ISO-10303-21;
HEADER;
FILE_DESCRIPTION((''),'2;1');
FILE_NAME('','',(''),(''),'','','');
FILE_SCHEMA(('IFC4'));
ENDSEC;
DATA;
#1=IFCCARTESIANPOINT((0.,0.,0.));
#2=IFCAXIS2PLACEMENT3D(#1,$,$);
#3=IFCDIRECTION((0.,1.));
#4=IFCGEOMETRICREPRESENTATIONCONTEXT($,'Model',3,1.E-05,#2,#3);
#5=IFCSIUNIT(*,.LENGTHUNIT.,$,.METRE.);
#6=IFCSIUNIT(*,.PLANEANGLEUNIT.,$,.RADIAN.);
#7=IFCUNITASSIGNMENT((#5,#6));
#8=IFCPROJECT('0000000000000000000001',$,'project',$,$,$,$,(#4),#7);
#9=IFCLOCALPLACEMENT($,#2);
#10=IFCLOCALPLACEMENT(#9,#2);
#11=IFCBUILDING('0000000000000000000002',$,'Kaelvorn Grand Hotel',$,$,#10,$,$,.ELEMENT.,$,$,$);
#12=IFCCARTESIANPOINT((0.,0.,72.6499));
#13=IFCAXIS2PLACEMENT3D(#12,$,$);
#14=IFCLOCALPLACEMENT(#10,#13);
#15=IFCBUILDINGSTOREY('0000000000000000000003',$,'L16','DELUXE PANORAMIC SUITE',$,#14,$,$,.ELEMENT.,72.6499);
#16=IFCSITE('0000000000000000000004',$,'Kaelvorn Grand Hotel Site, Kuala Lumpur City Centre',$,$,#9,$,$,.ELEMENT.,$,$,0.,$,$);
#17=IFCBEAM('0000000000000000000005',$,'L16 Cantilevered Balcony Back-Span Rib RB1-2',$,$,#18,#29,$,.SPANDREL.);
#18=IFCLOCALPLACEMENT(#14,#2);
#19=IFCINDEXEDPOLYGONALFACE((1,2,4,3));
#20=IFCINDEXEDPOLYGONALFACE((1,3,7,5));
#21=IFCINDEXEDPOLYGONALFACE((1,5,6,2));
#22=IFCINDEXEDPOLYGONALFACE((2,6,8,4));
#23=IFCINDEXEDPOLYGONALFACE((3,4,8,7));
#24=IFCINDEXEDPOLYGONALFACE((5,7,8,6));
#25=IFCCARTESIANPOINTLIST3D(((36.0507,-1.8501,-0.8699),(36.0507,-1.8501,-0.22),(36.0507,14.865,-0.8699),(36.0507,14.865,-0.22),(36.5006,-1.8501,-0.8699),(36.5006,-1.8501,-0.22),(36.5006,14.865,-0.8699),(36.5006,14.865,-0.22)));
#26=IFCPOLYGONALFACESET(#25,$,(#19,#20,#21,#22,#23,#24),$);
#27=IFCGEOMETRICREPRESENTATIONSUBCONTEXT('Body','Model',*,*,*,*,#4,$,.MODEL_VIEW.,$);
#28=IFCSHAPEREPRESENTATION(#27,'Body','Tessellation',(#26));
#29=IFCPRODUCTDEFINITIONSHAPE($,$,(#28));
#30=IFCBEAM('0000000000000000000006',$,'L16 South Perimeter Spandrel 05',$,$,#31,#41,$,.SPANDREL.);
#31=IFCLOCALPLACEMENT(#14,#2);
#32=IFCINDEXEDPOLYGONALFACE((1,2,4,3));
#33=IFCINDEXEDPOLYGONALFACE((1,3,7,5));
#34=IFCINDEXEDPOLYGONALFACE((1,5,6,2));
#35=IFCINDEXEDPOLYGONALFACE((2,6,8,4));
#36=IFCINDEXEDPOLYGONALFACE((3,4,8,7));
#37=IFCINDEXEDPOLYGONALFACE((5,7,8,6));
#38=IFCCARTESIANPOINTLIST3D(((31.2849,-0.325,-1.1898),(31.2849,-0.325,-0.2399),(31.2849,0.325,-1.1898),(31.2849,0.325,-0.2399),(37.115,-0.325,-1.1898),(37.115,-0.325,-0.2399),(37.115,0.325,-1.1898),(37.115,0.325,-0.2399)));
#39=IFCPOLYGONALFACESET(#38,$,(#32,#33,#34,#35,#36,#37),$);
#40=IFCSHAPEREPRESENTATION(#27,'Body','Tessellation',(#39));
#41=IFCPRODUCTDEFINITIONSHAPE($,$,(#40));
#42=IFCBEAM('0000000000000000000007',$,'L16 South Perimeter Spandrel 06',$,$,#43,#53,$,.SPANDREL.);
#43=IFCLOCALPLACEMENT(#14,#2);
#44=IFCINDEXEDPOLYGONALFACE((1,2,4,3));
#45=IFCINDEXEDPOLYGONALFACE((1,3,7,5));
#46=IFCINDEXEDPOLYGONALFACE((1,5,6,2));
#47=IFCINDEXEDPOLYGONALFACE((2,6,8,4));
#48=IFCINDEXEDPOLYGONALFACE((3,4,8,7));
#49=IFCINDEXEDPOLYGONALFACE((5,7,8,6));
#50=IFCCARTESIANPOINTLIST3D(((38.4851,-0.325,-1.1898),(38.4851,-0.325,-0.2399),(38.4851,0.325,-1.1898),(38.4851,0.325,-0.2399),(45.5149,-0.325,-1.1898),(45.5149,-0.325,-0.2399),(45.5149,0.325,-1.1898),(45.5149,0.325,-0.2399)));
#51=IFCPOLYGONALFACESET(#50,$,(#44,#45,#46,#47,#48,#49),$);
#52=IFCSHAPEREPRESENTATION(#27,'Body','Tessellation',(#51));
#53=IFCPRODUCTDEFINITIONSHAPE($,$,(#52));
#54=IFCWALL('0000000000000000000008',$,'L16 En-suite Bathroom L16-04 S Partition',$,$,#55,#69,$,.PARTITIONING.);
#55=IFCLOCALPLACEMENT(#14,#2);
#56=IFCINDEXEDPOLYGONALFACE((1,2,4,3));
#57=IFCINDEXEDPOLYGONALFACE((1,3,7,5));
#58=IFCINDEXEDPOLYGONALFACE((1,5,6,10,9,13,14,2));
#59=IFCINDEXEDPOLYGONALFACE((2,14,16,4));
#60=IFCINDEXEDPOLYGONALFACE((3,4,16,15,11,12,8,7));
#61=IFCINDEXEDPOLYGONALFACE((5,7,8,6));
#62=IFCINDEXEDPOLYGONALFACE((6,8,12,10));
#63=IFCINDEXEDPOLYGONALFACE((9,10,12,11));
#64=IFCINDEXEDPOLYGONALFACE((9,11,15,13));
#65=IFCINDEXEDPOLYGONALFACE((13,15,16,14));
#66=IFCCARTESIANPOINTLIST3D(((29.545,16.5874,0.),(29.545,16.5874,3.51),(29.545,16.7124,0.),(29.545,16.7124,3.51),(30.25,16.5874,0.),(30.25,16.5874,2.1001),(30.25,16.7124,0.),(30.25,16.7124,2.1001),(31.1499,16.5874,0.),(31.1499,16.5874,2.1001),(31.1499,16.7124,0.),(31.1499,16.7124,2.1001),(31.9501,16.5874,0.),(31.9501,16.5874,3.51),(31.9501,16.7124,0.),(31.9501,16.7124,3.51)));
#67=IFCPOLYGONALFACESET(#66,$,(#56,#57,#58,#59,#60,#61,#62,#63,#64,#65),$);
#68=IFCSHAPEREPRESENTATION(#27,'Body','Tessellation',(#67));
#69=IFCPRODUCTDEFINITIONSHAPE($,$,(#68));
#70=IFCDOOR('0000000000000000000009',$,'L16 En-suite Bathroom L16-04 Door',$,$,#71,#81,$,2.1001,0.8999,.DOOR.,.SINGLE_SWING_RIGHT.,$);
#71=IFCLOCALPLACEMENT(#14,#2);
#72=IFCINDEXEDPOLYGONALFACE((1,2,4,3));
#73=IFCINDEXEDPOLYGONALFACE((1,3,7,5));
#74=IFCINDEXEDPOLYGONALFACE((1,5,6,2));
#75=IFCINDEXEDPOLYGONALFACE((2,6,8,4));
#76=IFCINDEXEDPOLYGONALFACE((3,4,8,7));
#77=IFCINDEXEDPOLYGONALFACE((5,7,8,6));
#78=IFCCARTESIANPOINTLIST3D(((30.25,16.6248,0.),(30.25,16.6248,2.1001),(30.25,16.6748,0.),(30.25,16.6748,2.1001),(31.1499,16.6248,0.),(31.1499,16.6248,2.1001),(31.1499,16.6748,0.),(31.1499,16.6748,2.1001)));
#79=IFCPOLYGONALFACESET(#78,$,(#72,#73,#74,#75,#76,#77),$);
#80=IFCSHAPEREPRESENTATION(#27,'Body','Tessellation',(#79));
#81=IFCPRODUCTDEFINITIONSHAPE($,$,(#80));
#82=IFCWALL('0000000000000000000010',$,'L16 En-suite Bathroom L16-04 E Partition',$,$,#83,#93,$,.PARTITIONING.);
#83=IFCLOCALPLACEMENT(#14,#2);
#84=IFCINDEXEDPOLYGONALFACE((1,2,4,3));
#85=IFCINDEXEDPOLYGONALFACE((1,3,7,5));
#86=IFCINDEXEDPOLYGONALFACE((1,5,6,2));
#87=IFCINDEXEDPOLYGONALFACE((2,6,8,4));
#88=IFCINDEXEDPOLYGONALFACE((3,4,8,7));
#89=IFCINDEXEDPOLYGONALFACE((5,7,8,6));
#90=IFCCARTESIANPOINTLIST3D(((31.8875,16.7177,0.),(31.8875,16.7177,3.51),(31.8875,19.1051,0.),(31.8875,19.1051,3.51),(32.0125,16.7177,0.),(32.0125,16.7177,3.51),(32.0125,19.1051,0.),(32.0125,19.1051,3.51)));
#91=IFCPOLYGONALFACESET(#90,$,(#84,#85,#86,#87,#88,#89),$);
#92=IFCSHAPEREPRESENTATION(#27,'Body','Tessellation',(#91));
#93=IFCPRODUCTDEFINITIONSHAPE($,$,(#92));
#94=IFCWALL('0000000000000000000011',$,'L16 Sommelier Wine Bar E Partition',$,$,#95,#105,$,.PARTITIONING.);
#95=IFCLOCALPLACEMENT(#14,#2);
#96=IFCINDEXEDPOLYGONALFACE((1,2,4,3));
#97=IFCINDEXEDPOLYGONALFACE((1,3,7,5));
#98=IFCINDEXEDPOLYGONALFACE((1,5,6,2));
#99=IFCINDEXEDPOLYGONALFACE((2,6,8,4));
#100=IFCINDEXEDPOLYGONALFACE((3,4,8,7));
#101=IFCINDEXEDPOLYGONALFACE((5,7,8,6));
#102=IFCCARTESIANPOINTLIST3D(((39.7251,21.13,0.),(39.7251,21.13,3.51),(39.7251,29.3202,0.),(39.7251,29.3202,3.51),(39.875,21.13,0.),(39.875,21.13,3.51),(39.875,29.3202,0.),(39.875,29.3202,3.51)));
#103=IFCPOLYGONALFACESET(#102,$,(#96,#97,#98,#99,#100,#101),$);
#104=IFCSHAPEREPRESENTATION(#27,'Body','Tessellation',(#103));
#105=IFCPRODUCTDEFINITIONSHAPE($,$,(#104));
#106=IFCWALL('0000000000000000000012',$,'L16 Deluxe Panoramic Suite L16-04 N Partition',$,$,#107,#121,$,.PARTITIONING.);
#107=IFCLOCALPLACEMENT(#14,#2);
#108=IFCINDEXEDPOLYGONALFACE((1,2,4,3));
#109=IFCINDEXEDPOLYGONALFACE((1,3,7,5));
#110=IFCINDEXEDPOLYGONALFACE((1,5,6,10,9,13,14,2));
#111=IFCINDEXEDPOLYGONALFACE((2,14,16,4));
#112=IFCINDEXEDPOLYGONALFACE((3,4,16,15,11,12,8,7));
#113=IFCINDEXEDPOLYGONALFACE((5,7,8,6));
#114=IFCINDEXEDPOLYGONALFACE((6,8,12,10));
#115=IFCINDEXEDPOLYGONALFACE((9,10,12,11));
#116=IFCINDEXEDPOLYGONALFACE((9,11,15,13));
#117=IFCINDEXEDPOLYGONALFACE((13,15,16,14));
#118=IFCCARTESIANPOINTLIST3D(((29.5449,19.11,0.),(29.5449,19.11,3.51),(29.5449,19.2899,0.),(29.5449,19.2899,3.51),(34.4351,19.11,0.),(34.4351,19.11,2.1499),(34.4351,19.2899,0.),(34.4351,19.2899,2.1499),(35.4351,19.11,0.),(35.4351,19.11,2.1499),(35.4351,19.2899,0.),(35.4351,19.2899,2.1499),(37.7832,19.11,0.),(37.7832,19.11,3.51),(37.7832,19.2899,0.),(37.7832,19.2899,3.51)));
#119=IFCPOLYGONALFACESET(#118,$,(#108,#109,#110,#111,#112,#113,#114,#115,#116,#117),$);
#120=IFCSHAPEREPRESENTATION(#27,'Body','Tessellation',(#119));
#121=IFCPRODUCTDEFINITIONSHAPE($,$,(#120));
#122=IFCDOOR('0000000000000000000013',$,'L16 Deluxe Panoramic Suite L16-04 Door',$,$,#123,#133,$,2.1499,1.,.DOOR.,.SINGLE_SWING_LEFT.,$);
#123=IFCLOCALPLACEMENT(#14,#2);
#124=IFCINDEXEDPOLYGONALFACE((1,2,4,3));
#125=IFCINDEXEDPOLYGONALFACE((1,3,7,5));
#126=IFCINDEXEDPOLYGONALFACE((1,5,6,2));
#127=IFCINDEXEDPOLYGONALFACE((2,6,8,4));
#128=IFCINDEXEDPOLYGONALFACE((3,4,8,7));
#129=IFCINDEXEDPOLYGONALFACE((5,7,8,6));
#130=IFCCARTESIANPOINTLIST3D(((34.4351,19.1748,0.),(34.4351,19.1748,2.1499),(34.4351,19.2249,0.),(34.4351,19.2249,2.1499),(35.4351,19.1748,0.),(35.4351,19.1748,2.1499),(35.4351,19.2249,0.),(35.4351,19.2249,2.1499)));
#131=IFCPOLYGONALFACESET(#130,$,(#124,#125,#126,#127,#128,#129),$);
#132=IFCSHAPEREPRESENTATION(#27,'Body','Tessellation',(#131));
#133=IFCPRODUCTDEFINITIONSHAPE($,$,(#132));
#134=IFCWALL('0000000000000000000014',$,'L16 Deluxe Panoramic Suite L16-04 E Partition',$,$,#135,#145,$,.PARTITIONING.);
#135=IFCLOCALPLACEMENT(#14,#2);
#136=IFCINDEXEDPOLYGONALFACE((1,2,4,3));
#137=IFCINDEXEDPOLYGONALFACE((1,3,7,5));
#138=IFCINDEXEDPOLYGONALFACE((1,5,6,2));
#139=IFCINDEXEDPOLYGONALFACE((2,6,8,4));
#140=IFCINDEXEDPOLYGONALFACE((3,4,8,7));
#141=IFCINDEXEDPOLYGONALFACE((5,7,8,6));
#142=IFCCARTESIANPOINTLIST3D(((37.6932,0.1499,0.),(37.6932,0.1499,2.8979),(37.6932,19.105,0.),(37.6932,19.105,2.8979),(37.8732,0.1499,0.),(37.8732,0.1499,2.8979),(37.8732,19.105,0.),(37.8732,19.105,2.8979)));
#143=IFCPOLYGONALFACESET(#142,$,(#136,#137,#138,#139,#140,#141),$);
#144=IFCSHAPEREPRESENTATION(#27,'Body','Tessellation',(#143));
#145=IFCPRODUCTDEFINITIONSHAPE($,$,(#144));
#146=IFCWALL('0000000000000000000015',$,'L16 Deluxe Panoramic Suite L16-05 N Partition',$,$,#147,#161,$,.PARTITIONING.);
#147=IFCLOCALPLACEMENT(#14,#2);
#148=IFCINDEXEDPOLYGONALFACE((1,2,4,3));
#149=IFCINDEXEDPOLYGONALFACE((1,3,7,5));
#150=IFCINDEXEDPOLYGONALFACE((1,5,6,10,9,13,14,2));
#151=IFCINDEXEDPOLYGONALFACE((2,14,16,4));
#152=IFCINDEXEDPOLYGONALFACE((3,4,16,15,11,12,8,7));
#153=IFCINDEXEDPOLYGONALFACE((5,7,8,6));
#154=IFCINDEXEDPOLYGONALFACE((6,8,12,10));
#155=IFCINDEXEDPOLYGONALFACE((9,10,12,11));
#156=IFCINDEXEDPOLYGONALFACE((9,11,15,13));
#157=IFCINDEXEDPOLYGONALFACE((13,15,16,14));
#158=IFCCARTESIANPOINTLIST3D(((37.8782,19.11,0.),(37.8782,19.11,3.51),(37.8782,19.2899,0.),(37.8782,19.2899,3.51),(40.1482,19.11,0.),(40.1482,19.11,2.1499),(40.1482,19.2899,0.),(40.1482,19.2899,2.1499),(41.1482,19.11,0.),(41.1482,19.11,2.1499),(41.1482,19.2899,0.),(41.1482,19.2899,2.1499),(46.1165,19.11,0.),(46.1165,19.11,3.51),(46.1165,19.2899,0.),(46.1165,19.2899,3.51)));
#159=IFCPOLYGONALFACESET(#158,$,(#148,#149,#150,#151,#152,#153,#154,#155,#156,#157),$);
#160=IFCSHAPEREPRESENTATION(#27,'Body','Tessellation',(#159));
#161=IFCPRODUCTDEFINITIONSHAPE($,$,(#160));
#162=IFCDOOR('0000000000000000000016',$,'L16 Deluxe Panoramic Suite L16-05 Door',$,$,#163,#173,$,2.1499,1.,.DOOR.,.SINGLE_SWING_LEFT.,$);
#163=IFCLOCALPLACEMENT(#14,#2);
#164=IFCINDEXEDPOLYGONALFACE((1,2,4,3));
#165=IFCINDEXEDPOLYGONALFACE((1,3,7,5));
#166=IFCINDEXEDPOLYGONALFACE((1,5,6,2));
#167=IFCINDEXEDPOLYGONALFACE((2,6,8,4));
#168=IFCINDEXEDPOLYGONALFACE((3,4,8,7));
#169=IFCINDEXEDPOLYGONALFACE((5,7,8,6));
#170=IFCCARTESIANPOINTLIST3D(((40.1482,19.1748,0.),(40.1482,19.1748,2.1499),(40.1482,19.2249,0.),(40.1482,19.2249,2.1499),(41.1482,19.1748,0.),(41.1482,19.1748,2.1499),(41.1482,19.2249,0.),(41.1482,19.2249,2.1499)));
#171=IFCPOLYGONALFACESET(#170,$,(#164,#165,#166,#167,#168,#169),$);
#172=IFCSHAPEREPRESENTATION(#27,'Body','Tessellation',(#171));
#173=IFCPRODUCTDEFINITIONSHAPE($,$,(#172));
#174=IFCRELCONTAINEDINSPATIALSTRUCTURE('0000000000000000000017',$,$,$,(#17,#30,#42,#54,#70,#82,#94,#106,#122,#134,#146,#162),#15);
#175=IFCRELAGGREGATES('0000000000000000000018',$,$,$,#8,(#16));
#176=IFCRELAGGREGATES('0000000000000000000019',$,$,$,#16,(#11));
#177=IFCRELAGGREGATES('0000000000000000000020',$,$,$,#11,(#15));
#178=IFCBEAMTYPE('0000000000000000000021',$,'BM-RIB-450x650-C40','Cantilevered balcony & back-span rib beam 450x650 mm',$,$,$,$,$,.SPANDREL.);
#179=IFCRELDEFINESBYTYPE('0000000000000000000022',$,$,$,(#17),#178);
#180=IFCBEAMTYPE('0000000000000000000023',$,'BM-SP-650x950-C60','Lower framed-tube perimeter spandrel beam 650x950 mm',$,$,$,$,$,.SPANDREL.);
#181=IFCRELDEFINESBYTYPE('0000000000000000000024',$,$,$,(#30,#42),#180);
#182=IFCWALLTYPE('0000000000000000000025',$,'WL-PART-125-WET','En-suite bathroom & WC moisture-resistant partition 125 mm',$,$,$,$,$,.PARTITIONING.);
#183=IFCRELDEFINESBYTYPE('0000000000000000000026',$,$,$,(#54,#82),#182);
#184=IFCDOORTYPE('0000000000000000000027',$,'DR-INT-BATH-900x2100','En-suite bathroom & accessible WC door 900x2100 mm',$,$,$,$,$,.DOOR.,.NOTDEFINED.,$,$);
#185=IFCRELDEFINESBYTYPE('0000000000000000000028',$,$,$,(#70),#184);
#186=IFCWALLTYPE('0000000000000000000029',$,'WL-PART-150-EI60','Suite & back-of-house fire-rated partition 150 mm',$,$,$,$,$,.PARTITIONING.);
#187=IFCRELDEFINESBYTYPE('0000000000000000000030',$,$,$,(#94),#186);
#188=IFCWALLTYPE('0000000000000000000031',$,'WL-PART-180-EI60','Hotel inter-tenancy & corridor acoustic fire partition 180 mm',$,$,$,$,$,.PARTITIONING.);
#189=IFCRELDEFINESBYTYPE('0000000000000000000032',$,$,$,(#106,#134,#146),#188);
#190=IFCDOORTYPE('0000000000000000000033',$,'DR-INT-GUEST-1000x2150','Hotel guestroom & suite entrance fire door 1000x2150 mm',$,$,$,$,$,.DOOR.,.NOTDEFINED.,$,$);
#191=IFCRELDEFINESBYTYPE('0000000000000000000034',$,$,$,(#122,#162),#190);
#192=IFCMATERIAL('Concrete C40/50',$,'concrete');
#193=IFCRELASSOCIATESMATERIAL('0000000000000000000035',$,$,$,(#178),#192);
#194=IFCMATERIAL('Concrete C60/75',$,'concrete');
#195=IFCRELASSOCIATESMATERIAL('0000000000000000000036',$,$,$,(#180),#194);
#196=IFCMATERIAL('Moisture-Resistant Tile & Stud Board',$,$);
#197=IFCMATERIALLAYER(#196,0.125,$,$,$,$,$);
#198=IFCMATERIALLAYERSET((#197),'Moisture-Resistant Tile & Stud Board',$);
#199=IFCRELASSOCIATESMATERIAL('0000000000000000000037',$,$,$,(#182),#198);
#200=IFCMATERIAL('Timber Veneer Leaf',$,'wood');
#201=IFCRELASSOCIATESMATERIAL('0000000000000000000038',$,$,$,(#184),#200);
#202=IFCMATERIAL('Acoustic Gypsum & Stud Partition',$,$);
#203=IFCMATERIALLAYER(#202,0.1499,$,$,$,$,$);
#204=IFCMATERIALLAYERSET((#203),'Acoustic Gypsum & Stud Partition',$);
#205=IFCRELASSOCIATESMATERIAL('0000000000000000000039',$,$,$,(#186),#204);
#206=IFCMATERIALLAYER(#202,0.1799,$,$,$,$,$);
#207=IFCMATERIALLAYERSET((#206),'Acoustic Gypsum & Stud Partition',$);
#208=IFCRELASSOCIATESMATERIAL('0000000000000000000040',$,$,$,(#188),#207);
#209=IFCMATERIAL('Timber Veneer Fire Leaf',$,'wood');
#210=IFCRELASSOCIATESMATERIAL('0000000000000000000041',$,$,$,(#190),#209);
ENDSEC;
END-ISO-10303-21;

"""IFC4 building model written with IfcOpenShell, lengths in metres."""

from ifc_helpers import new_model, si_unit, direction, frame, frame_2d, origin, origin_2d, place, context, subcontext, project, spatial, rectangle, extrude, material, layer, layer_set, material_profile, profile_set, type_object, element, fill, save


model = new_model("IFC4")

# Units and contexts
model_context = context("Model", 3, precision=1e-05, world=origin(), true_north=direction((0.0, 1.0)))
body_context = subcontext(model_context, "Body", "Model", "MODEL_VIEW")
ifc_project = project(units=[si_unit("LENGTHUNIT", "METRE"), si_unit("PLANEANGLEUNIT", "RADIAN")], contexts=[model_context])

# Site, building, storey
site_placement = place(None, origin())
site = spatial("IfcSite", under=ifc_project, at=site_placement, Name="Kaelvorn Grand Hotel Site, Kuala Lumpur City Centre", CompositionType="ELEMENT", RefElevation=0.0)
building_placement = place(site_placement, origin())
building = spatial("IfcBuilding", under=site, at=building_placement, Name="Kaelvorn Grand Hotel", CompositionType="ELEMENT")
storey_placement = place(building_placement, frame((0.0, 0.0, 72.6499)))
storey = spatial("IfcBuildingStorey", under=building, at=storey_placement, Name="L16", Description="DELUXE PANORAMIC SUITE", CompositionType="ELEMENT", Elevation=72.6499)

# Beams
ifc_material_1 = material(Name="Concrete C40/50", Category="concrete")
ifc_material_profile_1 = material_profile(ifc_material_1, rectangle(XDim=0.45, YDim=0.6499, at=origin_2d()), Name="RC RIB 450x650")
ifc_profile_set_1 = profile_set([ifc_material_profile_1], Name="Concrete C40/50")
beam_type_1 = type_object("IfcBeamType", Name="BM-RIB-450x650-C40", Description="Cantilevered balcony & back-span rib beam 450x650 mm", PredefinedType="SPANDREL", material=ifc_profile_set_1)
beam_1_placement = place(storey_placement, frame((36.2756, -1.8501, -0.5449), z_axis=(0.0, 1.0, 0.0), x_axis=(-1.0, 0.0, 0.0)))
element("IfcBeam", 1, at=beam_1_placement, inside=storey, type_object=beam_type_1, Name="L16 Cantilevered Balcony Back-Span Rib RB1-2", PredefinedType="SPANDREL", context=body_context, shape_type="SweptSolid", body=[
    extrude(rectangle(XDim=0.45, YDim=0.6499, at=origin_2d()), origin(), (0.0, 0.0, 1.0), 16.7151),
])
ifc_material_2 = material(Name="Concrete C60/75", Category="concrete")
ifc_material_profile_2 = material_profile(ifc_material_2, rectangle(XDim=0.6499, YDim=0.95, at=origin_2d()), Name="RC SPANDREL 650x950")
ifc_profile_set_2 = profile_set([ifc_material_profile_2], Name="Concrete C60/75")
beam_type_2 = type_object("IfcBeamType", Name="BM-SP-650x950-C60", Description="Lower framed-tube perimeter spandrel beam 650x950 mm", PredefinedType="SPANDREL", material=ifc_profile_set_2)
beam_2_placement = place(storey_placement, frame((31.2849, 0.0, -0.7148), z_axis=(1.0, 0.0, 0.0), x_axis=(0.0, 1.0, 0.0)))
element("IfcBeam", 2, at=beam_2_placement, inside=storey, type_object=beam_type_2, Name="L16 South Perimeter Spandrel 05", PredefinedType="SPANDREL", context=body_context, shape_type="SweptSolid", body=[
    extrude(rectangle(XDim=0.6499, YDim=0.95, at=origin_2d()), origin(), (0.0, 0.0, 1.0), 5.8301),
])
beam_3_placement = place(storey_placement, frame((38.4851, 0.0, -0.7148), z_axis=(1.0, 0.0, 0.0), x_axis=(0.0, 1.0, 0.0)))
element("IfcBeam", 3, at=beam_3_placement, inside=storey, type_object=beam_type_2, Name="L16 South Perimeter Spandrel 06", PredefinedType="SPANDREL", context=body_context, shape_type="SweptSolid", body=[
    extrude(rectangle(XDim=0.6499, YDim=0.95, at=origin_2d()), origin(), (0.0, 0.0, 1.0), 7.0298),
])

# Wall, opening, door
ifc_material_3 = material(Name="Moisture-Resistant Tile & Stud Board")
ifc_layer_1 = layer(ifc_material_3, 0.125)
ifc_layer_set_1 = layer_set([ifc_layer_1], Name="Moisture-Resistant Tile & Stud Board")
wall_type_1 = type_object("IfcWallType", Name="WL-PART-125-WET", Description="En-suite bathroom & WC moisture-resistant partition 125 mm", PredefinedType="PARTITIONING", material=ifc_layer_set_1)
wall_1_placement = place(storey_placement, frame((29.5449, 16.6499, 0.0), z_axis=(0.0, 0.0, 1.0), x_axis=(1.0, 0.0, 0.0)))
wall_1 = element("IfcWall", 4, at=wall_1_placement, inside=storey, type_object=wall_type_1, Name="L16 En-suite Bathroom L16-04 S Partition", PredefinedType="PARTITIONING", context=body_context, shape_type="SweptSolid", body=[
    extrude(rectangle(XDim=2.405, YDim=0.125, at=frame_2d((1.2026, 0.0))), origin(), (0.0, 0.0, 1.0), 3.51),
])
opening_1_placement = place(wall_1_placement, frame((0.7051, 0.0, 0.0)))
opening_1 = element("IfcOpeningElement", 5, at=opening_1_placement, cuts=wall_1, PredefinedType="OPENING", context=body_context, shape_type="SweptSolid", body=[
    extrude(rectangle(XDim=0.8999, YDim=2.1001, at=frame_2d((0.45, 1.05))), frame((0.0, 0.0725, 0.0), z_axis=(0.0, -1.0, 0.0), x_axis=(1.0, 0.0, 0.0)), (0.0, 0.0, 1.0), 0.145),
])
ifc_material_4 = material(Name="Timber Veneer Leaf", Category="wood")
door_type_1 = type_object("IfcDoorType", Name="DR-INT-BATH-900x2100", Description="En-suite bathroom & accessible WC door 900x2100 mm", OperationType="NOTDEFINED", PredefinedType="DOOR", material=ifc_material_4)
door_1_placement = place(opening_1_placement, origin())
door_1 = element("IfcDoor", 6, at=door_1_placement, inside=storey, type_object=door_type_1, Name="L16 En-suite Bathroom L16-04 Door", OperationType="SINGLE_SWING_RIGHT", OverallHeight=2.1001, OverallWidth=0.8999, PredefinedType="DOOR", context=body_context, shape_type="SweptSolid", body=[
    extrude(rectangle(XDim=0.8999, YDim=2.1001, at=frame_2d((0.45, 1.05))), frame((0.0, 0.0249, 0.0), z_axis=(0.0, -1.0, 0.0), x_axis=(1.0, 0.0, 0.0)), (0.0, 0.0, 1.0), 0.05),
])
fill(opening_1, door_1)

# Walls
wall_2_placement = place(storey_placement, frame((31.95, 16.7175, 0.0), z_axis=(0.0, 0.0, 1.0), x_axis=(0.0, 1.0, 0.0)))
element("IfcWall", 7, at=wall_2_placement, inside=storey, type_object=wall_type_1, Name="L16 En-suite Bathroom L16-04 E Partition", PredefinedType="PARTITIONING", context=body_context, shape_type="SweptSolid", body=[
    extrude(rectangle(XDim=2.3875, YDim=0.125, at=frame_2d((1.1938, 0.0))), origin(), (0.0, 0.0, 1.0), 3.51),
])
ifc_material_5 = material(Name="Acoustic Gypsum & Stud Partition")
ifc_layer_2 = layer(ifc_material_5, 0.1499)
ifc_layer_set_2 = layer_set([ifc_layer_2], Name="Acoustic Gypsum & Stud Partition")
wall_type_2 = type_object("IfcWallType", Name="WL-PART-150-EI60", Description="Suite & back-of-house fire-rated partition 150 mm", PredefinedType="PARTITIONING", material=ifc_layer_set_2)
wall_3_placement = place(storey_placement, frame((39.8, 21.1299, 0.0), z_axis=(0.0, 0.0, 1.0), x_axis=(0.0, 1.0, 0.0)))
element("IfcWall", 8, at=wall_3_placement, inside=storey, type_object=wall_type_2, Name="L16 Sommelier Wine Bar E Partition", PredefinedType="PARTITIONING", context=body_context, shape_type="SweptSolid", body=[
    extrude(rectangle(XDim=8.1902, YDim=0.1499, at=frame_2d((4.0952, 0.0))), origin(), (0.0, 0.0, 1.0), 3.51),
])

# Wall, opening, door
ifc_layer_3 = layer(ifc_material_5, 0.1799)
ifc_layer_set_3 = layer_set([ifc_layer_3], Name="Acoustic Gypsum & Stud Partition")
wall_type_3 = type_object("IfcWallType", Name="WL-PART-180-EI60", Description="Hotel inter-tenancy & corridor acoustic fire partition 180 mm", PredefinedType="PARTITIONING", material=ifc_layer_set_3)
wall_4_placement = place(storey_placement, frame((29.5449, 19.2, 0.0), z_axis=(0.0, 0.0, 1.0), x_axis=(1.0, 0.0, 0.0)))
wall_4 = element("IfcWall", 9, at=wall_4_placement, inside=storey, type_object=wall_type_3, Name="L16 Deluxe Panoramic Suite L16-04 N Partition", PredefinedType="PARTITIONING", context=body_context, shape_type="SweptSolid", body=[
    extrude(rectangle(XDim=8.2383, YDim=0.1799, at=frame_2d((4.1191, 0.0))), origin(), (0.0, 0.0, 1.0), 3.51),
])
opening_2_placement = place(wall_4_placement, frame((4.8901, 0.0, 0.0)))
opening_2 = element("IfcOpeningElement", 10, at=opening_2_placement, cuts=wall_4, PredefinedType="OPENING", context=body_context, shape_type="SweptSolid", body=[
    extrude(rectangle(XDim=1.0, YDim=2.1499, at=frame_2d((0.5, 1.075))), frame((0.0, 0.1001, 0.0), z_axis=(0.0, -1.0, 0.0), x_axis=(1.0, 0.0, 0.0)), (0.0, 0.0, 1.0), 0.2),
])
ifc_material_6 = material(Name="Timber Veneer Fire Leaf", Category="wood")
door_type_2 = type_object("IfcDoorType", Name="DR-INT-GUEST-1000x2150", Description="Hotel guestroom & suite entrance fire door 1000x2150 mm", OperationType="NOTDEFINED", PredefinedType="DOOR", material=ifc_material_6)
door_2_placement = place(opening_2_placement, origin())
door_2 = element("IfcDoor", 11, at=door_2_placement, inside=storey, type_object=door_type_2, Name="L16 Deluxe Panoramic Suite L16-04 Door", OperationType="SINGLE_SWING_LEFT", OverallHeight=2.1499, OverallWidth=1.0, PredefinedType="DOOR", context=body_context, shape_type="SweptSolid", body=[
    extrude(rectangle(XDim=1.0, YDim=2.1499, at=frame_2d((0.5, 1.075))), frame((0.0, 0.0249, 0.0), z_axis=(0.0, -1.0, 0.0), x_axis=(1.0, 0.0, 0.0)), (0.0, 0.0, 1.0), 0.05),
])
fill(opening_2, door_2)

# Wall
wall_5_placement = place(storey_placement, frame((37.7832, 0.1499, 0.0), z_axis=(0.0, 0.0, 1.0), x_axis=(0.0, 1.0, 0.0)))
element("IfcWall", 12, at=wall_5_placement, inside=storey, type_object=wall_type_3, Name="L16 Deluxe Panoramic Suite L16-04 E Partition", PredefinedType="PARTITIONING", context=body_context, shape_type="SweptSolid", body=[
    extrude(rectangle(XDim=18.9551, YDim=0.1799, at=frame_2d((9.4775, 0.0))), origin(), (0.0, 0.0, 1.0), 2.8979),
])

# Wall, opening, door
wall_6_placement = place(storey_placement, frame((37.8782, 19.2, 0.0), z_axis=(0.0, 0.0, 1.0), x_axis=(1.0, 0.0, 0.0)))
wall_6 = element("IfcWall", 13, at=wall_6_placement, inside=storey, type_object=wall_type_3, Name="L16 Deluxe Panoramic Suite L16-05 N Partition", PredefinedType="PARTITIONING", context=body_context, shape_type="SweptSolid", body=[
    extrude(rectangle(XDim=8.2383, YDim=0.1799, at=frame_2d((4.1191, 0.0))), origin(), (0.0, 0.0, 1.0), 3.51),
])
opening_3_placement = place(wall_6_placement, frame((2.27, 0.0, 0.0)))
opening_3 = element("IfcOpeningElement", 14, at=opening_3_placement, cuts=wall_6, PredefinedType="OPENING", context=body_context, shape_type="SweptSolid", body=[
    extrude(rectangle(XDim=1.0, YDim=2.1499, at=frame_2d((0.5, 1.075))), frame((0.0, 0.1001, 0.0), z_axis=(0.0, -1.0, 0.0), x_axis=(1.0, 0.0, 0.0)), (0.0, 0.0, 1.0), 0.2),
])
door_3_placement = place(opening_3_placement, origin())
door_3 = element("IfcDoor", 15, at=door_3_placement, inside=storey, type_object=door_type_2, Name="L16 Deluxe Panoramic Suite L16-05 Door", OperationType="SINGLE_SWING_LEFT", OverallHeight=2.1499, OverallWidth=1.0, PredefinedType="DOOR", context=body_context, shape_type="SweptSolid", body=[
    extrude(rectangle(XDim=1.0, YDim=2.1499, at=frame_2d((0.5, 1.075))), frame((0.0, 0.0249, 0.0), z_axis=(0.0, -1.0, 0.0), x_axis=(1.0, 0.0, 0.0)), (0.0, 0.0, 1.0), 0.05),
])
fill(opening_3, door_3)

save(model, "model.ifc")
